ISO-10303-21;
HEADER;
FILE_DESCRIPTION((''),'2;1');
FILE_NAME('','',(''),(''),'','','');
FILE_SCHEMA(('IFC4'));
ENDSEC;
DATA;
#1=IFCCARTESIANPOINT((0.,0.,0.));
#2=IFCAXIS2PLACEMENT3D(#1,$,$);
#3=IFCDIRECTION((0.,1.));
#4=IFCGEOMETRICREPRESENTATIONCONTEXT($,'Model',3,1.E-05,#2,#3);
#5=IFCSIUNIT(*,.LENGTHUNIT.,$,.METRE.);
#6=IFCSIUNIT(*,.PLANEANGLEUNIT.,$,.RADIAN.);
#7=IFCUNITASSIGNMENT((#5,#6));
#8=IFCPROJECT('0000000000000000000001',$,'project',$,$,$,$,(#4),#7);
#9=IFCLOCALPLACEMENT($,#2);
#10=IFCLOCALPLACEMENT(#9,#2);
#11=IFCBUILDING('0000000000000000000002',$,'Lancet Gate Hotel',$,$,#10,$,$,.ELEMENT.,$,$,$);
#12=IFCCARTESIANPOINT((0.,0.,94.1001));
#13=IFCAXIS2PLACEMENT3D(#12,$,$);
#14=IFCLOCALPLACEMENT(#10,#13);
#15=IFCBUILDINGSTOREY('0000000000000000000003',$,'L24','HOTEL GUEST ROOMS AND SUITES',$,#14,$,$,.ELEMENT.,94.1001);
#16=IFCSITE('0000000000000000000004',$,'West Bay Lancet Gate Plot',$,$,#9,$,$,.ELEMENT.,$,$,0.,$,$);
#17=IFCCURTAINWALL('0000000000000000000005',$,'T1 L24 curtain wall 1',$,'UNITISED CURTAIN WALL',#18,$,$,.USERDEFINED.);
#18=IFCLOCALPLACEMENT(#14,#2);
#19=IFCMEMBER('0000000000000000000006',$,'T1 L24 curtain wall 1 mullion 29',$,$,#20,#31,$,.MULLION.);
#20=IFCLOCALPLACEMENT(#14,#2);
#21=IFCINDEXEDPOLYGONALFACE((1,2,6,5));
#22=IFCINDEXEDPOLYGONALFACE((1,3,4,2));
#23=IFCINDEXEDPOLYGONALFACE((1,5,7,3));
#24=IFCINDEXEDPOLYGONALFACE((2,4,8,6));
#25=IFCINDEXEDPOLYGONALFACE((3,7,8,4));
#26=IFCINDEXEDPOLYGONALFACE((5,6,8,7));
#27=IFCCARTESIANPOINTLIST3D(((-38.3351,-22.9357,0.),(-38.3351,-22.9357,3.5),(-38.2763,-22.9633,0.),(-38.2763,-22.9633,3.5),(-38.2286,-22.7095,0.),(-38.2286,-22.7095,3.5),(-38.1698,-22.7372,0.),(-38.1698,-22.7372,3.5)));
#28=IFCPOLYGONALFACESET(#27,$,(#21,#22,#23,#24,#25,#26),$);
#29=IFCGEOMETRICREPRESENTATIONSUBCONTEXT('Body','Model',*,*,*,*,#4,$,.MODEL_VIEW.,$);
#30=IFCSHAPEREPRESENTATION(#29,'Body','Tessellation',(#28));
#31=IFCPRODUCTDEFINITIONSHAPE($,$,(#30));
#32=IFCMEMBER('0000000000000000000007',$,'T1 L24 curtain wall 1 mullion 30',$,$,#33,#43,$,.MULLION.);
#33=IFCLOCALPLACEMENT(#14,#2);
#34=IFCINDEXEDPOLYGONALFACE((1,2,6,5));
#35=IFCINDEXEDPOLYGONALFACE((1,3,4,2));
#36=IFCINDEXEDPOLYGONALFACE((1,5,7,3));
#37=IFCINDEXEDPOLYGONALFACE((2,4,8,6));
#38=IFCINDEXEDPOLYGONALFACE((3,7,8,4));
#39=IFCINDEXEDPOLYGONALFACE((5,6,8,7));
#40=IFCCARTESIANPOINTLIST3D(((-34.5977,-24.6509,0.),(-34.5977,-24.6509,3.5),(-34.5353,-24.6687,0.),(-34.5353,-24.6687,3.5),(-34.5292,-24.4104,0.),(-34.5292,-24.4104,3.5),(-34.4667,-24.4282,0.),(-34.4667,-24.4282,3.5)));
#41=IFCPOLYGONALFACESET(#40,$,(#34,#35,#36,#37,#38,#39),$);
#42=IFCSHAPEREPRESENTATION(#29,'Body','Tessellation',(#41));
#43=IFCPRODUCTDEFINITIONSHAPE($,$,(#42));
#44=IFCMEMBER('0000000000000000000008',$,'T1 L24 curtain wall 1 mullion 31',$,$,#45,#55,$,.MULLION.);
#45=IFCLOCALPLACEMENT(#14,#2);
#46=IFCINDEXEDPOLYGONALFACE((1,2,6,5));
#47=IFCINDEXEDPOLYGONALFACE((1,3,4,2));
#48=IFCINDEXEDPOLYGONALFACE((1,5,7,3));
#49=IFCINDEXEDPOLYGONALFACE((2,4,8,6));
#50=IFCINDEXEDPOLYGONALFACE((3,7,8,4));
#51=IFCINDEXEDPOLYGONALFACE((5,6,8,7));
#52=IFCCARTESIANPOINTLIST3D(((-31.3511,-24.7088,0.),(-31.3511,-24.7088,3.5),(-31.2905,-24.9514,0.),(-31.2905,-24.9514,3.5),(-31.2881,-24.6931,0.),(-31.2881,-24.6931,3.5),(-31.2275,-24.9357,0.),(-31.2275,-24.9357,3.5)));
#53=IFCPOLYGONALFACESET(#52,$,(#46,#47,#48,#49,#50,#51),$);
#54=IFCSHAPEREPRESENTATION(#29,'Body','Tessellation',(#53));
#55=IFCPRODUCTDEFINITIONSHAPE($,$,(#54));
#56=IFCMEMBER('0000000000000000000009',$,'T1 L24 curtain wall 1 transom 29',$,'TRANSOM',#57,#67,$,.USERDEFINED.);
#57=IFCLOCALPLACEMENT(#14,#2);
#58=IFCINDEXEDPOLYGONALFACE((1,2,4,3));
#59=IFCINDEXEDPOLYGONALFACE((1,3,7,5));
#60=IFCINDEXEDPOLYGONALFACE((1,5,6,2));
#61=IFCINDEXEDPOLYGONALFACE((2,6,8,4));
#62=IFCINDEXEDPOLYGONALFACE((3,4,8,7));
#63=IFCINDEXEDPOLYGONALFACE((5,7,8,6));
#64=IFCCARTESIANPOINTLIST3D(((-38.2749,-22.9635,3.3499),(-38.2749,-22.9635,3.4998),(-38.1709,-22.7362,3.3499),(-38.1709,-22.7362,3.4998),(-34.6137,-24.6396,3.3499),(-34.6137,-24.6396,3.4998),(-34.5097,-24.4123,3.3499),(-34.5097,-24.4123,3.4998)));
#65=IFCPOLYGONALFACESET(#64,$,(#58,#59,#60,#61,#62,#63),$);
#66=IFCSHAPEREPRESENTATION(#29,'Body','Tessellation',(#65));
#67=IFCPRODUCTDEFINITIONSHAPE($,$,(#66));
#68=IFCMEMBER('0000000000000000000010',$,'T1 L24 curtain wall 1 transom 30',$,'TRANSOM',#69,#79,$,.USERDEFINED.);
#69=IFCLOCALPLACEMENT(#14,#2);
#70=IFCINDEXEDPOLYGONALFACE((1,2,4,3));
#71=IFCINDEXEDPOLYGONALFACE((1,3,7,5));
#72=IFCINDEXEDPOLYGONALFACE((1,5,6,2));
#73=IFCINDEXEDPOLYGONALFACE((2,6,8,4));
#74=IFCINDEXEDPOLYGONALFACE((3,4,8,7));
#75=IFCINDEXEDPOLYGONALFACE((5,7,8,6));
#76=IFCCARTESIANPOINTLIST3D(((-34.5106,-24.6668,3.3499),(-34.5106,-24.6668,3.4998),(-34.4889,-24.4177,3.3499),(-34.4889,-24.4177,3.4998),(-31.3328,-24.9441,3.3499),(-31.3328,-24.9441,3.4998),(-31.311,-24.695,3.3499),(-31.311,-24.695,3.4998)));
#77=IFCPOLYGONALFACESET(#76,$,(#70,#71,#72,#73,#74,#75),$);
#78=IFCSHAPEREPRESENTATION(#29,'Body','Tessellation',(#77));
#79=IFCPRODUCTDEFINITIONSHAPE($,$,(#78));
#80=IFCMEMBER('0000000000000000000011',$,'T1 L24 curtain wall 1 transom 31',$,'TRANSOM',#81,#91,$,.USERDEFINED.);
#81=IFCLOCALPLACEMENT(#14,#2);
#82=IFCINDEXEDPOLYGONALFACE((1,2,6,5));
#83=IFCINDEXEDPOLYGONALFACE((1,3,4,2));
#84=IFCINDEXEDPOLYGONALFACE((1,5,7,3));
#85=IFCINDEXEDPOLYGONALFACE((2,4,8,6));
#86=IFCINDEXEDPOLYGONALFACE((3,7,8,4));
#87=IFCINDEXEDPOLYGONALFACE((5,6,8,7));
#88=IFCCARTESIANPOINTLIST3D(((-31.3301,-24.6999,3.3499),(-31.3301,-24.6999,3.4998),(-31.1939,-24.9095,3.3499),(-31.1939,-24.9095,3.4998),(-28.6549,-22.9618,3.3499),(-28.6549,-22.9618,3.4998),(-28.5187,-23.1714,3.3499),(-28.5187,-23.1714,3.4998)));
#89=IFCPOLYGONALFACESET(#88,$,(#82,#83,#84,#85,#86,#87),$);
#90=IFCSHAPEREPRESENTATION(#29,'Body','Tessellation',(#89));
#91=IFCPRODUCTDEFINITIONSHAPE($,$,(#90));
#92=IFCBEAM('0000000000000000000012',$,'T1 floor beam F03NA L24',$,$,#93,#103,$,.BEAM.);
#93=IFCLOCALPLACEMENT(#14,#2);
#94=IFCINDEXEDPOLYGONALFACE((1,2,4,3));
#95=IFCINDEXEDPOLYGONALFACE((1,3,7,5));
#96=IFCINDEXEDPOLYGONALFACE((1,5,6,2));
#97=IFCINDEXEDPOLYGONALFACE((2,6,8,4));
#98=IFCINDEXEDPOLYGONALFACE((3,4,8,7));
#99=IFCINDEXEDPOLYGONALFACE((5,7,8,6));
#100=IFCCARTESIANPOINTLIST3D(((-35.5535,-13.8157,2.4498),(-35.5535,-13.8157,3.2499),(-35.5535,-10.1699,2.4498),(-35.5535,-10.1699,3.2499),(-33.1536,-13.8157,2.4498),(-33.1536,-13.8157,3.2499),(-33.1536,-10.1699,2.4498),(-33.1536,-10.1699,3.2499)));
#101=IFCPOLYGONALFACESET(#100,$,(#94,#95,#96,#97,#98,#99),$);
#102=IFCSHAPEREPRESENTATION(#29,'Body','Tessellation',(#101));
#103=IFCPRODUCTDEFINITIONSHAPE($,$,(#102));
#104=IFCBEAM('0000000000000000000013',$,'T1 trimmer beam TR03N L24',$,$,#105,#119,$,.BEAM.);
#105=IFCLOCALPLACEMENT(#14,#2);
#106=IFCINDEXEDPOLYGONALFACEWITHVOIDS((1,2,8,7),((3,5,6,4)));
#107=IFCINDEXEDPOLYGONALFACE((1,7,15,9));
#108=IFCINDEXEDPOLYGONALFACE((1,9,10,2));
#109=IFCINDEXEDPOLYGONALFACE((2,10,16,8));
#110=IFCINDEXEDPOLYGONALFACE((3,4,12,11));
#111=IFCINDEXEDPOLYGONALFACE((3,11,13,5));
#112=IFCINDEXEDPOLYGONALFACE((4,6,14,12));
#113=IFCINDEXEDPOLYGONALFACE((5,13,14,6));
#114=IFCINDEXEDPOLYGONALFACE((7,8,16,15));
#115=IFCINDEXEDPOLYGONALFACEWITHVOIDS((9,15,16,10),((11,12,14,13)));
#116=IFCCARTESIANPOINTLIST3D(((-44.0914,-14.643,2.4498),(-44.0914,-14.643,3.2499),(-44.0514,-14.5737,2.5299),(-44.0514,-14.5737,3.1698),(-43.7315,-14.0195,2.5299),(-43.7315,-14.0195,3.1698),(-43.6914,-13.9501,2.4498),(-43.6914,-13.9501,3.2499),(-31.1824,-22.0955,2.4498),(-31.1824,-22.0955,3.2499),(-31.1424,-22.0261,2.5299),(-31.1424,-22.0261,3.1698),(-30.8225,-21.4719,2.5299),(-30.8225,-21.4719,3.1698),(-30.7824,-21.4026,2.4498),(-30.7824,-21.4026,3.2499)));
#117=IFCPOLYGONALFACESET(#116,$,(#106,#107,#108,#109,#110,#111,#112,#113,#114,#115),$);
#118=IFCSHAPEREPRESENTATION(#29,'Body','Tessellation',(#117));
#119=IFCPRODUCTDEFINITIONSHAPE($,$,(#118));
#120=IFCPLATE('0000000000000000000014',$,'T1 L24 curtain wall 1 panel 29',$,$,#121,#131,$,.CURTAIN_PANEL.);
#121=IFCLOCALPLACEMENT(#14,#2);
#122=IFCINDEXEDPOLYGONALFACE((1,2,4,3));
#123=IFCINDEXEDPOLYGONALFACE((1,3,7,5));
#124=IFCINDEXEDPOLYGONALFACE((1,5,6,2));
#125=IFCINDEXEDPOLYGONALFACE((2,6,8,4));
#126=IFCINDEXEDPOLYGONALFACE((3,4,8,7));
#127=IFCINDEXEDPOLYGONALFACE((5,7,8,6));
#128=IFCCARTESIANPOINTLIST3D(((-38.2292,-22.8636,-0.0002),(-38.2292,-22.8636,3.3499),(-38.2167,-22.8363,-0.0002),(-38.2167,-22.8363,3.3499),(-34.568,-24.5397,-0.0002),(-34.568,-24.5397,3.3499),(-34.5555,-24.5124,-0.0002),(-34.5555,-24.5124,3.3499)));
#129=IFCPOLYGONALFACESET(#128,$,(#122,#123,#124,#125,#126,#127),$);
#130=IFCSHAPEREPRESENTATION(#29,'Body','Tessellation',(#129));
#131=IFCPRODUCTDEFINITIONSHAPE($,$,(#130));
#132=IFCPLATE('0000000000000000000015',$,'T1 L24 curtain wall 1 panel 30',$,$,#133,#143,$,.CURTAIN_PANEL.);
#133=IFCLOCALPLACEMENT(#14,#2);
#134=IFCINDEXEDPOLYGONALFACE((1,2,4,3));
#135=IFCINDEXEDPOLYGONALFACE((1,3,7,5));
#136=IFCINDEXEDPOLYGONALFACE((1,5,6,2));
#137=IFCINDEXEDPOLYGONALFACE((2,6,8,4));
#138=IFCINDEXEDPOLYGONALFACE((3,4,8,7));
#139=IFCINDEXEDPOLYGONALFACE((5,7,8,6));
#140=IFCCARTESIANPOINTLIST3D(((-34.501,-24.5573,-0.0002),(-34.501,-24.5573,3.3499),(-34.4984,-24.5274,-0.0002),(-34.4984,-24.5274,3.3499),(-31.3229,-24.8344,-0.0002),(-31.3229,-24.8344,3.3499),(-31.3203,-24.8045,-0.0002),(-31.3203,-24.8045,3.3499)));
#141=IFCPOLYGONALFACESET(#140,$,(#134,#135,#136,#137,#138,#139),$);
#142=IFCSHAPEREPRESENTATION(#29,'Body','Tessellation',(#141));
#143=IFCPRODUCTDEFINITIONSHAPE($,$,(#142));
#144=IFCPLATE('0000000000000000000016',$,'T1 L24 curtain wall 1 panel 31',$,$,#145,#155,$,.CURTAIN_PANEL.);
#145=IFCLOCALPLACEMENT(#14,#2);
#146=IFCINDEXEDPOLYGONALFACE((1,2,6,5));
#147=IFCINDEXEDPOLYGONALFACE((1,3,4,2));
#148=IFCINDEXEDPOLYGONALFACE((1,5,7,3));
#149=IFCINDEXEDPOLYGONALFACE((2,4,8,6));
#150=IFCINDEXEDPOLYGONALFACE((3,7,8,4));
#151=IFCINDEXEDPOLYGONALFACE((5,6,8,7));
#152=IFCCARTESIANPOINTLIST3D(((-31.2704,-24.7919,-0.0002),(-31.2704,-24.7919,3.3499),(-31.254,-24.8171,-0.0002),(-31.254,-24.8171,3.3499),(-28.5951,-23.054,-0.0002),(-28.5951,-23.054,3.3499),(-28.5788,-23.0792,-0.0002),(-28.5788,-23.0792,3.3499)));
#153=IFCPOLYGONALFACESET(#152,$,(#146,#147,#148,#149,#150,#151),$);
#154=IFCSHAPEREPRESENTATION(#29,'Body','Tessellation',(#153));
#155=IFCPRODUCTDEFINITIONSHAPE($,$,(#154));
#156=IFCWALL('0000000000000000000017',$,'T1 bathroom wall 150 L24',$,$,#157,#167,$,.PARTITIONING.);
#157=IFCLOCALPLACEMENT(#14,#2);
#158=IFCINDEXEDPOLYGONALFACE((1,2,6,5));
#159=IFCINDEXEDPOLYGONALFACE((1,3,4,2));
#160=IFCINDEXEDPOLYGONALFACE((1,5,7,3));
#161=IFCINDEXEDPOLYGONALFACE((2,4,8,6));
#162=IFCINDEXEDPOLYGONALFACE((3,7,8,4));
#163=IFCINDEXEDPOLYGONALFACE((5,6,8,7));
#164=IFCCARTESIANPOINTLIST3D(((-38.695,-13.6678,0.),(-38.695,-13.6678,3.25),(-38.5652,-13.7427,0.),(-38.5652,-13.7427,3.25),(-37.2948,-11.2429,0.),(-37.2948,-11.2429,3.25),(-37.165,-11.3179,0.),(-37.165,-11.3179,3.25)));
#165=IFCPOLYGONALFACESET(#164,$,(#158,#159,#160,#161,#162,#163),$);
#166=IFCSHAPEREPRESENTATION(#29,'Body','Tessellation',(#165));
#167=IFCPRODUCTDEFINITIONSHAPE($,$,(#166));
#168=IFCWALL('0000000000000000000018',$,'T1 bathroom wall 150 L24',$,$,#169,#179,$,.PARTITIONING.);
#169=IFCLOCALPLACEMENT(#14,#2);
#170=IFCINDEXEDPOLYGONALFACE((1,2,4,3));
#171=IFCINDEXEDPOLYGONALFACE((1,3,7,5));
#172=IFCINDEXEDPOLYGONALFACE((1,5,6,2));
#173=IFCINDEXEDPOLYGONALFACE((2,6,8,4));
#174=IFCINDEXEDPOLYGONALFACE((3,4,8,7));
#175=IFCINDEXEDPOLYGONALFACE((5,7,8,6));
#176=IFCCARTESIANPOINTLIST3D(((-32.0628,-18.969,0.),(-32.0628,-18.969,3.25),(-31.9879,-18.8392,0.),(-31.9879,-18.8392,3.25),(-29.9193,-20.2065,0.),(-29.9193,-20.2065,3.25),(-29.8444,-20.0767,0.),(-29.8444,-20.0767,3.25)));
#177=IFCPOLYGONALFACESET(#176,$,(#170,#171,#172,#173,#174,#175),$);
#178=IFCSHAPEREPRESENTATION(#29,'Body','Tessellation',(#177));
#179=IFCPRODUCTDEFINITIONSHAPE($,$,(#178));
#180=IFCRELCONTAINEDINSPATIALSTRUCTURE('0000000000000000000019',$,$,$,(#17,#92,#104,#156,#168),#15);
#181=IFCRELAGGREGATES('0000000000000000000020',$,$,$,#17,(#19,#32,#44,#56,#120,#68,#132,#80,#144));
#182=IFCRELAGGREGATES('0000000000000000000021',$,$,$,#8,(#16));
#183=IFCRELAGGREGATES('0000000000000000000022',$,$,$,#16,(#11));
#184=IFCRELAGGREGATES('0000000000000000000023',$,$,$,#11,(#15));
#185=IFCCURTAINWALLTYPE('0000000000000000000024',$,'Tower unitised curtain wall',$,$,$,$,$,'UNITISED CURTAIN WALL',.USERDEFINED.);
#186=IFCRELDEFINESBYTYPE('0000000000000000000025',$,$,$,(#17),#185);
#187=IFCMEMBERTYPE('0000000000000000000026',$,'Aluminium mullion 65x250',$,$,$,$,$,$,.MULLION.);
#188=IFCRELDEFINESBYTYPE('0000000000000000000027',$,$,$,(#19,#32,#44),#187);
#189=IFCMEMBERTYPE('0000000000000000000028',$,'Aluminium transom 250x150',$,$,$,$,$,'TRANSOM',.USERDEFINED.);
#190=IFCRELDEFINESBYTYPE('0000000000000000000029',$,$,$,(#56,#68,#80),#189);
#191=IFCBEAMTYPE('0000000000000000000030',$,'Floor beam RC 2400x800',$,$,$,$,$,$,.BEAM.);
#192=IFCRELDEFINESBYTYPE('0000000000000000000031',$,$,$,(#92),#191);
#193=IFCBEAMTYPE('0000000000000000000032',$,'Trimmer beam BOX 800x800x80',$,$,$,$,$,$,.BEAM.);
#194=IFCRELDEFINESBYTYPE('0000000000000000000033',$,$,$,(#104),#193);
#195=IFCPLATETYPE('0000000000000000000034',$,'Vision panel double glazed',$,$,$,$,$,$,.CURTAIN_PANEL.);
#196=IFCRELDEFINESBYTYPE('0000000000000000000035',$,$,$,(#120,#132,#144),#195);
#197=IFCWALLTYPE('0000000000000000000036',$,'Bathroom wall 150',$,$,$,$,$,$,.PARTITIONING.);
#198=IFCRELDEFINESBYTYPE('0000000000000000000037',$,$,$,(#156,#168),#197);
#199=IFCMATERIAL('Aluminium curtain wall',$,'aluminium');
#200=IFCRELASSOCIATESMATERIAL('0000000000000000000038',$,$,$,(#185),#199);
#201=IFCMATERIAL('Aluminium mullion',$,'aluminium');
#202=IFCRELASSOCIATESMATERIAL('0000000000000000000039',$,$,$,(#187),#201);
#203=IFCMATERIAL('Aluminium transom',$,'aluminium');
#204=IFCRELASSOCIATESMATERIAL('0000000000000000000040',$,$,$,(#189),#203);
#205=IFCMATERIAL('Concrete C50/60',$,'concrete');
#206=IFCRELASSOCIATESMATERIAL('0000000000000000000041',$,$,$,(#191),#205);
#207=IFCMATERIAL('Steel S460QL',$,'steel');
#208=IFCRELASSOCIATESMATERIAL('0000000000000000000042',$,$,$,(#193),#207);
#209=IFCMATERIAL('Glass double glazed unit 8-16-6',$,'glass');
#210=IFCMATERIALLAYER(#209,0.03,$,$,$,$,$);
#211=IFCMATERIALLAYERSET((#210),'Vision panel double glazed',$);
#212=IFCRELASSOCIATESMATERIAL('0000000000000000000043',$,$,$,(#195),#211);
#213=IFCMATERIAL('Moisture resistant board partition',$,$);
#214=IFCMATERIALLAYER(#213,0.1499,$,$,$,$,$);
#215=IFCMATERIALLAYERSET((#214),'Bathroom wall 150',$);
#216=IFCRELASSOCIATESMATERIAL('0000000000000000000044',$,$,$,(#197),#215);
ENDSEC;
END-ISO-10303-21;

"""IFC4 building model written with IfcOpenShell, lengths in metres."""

from ifc_helpers import new_model, si_unit, direction, frame, frame_2d, origin, origin_2d, place, context, subcontext, project, spatial, rectangle, hollow_rectangle, extrude, material, layer, layer_set, material_profile, profile_set, type_object, element, aggregate, save


model = new_model("IFC4")

# Units and contexts
model_context = context("Model", 3, precision=1e-05, world=origin(), true_north=direction((0.0, 1.0)))
body_context = subcontext(model_context, "Body", "Model", "MODEL_VIEW")
ifc_project = project(units=[si_unit("LENGTHUNIT", "METRE"), si_unit("PLANEANGLEUNIT", "RADIAN")], contexts=[model_context])

# Site, building, storey
site_placement = place(None, origin())
site = spatial("IfcSite", under=ifc_project, at=site_placement, Name="West Bay Lancet Gate Plot", CompositionType="ELEMENT", RefElevation=0.0)
building_placement = place(site_placement, origin())
building = spatial("IfcBuilding", under=site, at=building_placement, Name="Lancet Gate Hotel", CompositionType="ELEMENT")
storey_placement = place(building_placement, frame((0.0, 0.0, 94.1001)))
storey = spatial("IfcBuildingStorey", under=building, at=storey_placement, Name="L24", Description="HOTEL GUEST ROOMS AND SUITES", CompositionType="ELEMENT", Elevation=94.1001)

# Curtain wall, members
ifc_material_1 = material(Name="Aluminium curtain wall", Category="aluminium")
curtain_wall_type = type_object("IfcCurtainWallType", Name="Tower unitised curtain wall", ElementType="UNITISED CURTAIN WALL", PredefinedType="USERDEFINED", material=ifc_material_1)
curtain_wall_placement = place(storey_placement, origin())
curtain_wall = element("IfcCurtainWall", 1, at=curtain_wall_placement, inside=storey, type_object=curtain_wall_type, Name="T1 L24 curtain wall 1", ObjectType="UNITISED CURTAIN WALL", PredefinedType="USERDEFINED")
ifc_material_2 = material(Name="Aluminium mullion", Category="aluminium")
ifc_material_profile_1 = material_profile(ifc_material_2, rectangle(XDim=0.0649, YDim=0.25, at=origin_2d()), Name="MULLION 65x250")
ifc_profile_set_1 = profile_set([ifc_material_profile_1], Name="Aluminium mullion")
member_type_1 = type_object("IfcMemberType", Name="Aluminium mullion 65x250", PredefinedType="MULLION", material=ifc_profile_set_1)
member_1_placement = place(storey_placement, frame((-38.2524, -22.8364, 0.0), z_axis=(0.0, 0.0, 1.0), x_axis=(0.90472, -0.426008, 0.0)))
member_1 = element("IfcMember", 2, at=member_1_placement, type_object=member_type_1, Name="T1 L24 curtain wall 1 mullion 29", PredefinedType="MULLION", context=body_context, shape_type="SweptSolid", body=[
    extrude(rectangle(XDim=0.0649, YDim=0.25, at=origin_2d()), origin(), (0.0, 0.0, 1.0), 3.5),
])
member_2_placement = place(storey_placement, frame((-34.5322, -24.5396, 0.0), z_axis=(0.0, 0.0, 1.0), x_axis=(0.961653, -0.274268, 0.0)))
member_2 = element("IfcMember", 3, at=member_2_placement, type_object=member_type_1, Name="T1 L24 curtain wall 1 mullion 30", PredefinedType="MULLION", context=body_context, shape_type="SweptSolid", body=[
    extrude(rectangle(XDim=0.0649, YDim=0.25, at=origin_2d()), origin(), (0.0, 0.0, 1.0), 3.5),
])
member_3_placement = place(storey_placement, frame((-31.2893, -24.8223, 0.0), z_axis=(0.0, 0.0, 1.0), x_axis=(0.970242, 0.242137, 0.0)))
member_3 = element("IfcMember", 4, at=member_3_placement, type_object=member_type_1, Name="T1 L24 curtain wall 1 mullion 31", PredefinedType="MULLION", context=body_context, shape_type="SweptSolid", body=[
    extrude(rectangle(XDim=0.0649, YDim=0.25, at=origin_2d()), origin(), (0.0, 0.0, 1.0), 3.5),
])
ifc_material_3 = material(Name="Aluminium transom", Category="aluminium")
ifc_material_profile_2 = material_profile(ifc_material_3, rectangle(XDim=0.25, YDim=0.1499, at=origin_2d()), Name="TRANSOM 250x150")
ifc_profile_set_2 = profile_set([ifc_material_profile_2], Name="Aluminium transom")
member_type_2 = type_object("IfcMemberType", Name="Aluminium transom 250x150", ElementType="TRANSOM", PredefinedType="USERDEFINED", material=ifc_profile_set_2)
member_4_placement = place(storey_placement, frame((-38.2229, -22.8499, 3.4248), z_axis=(0.909252, -0.416245, 0.0), x_axis=(0.416245, 0.909252, 0.0)))
member_4 = element("IfcMember", 5, at=member_4_placement, type_object=member_type_2, Name="T1 L24 curtain wall 1 transom 29", ObjectType="TRANSOM", PredefinedType="USERDEFINED", context=body_context, shape_type="SweptSolid", body=[
    extrude(rectangle(XDim=0.25, YDim=0.1499, at=origin_2d()), origin(), (0.0, 0.0, 1.0), 4.0266),
])
member_5_placement = place(storey_placement, frame((-34.4998, -24.5422, 3.4248), z_axis=(0.996214, -0.08694, 0.0), x_axis=(0.08694, 0.996214, 0.0)))
member_5 = element("IfcMember", 6, at=member_5_placement, type_object=member_type_2, Name="T1 L24 curtain wall 1 transom 30", ObjectType="TRANSOM", PredefinedType="USERDEFINED", context=body_context, shape_type="SweptSolid", body=[
    extrude(rectangle(XDim=0.25, YDim=0.1499, at=origin_2d()), origin(), (0.0, 0.0, 1.0), 3.1899),
])
member_6_placement = place(storey_placement, frame((-31.262, -24.8047, 3.4248), z_axis=(0.83855, 0.544824, 0.0), x_axis=(-0.544824, 0.83855, 0.0)))
member_6 = element("IfcMember", 7, at=member_6_placement, type_object=member_type_2, Name="T1 L24 curtain wall 1 transom 31", ObjectType="TRANSOM", PredefinedType="USERDEFINED", context=body_context, shape_type="SweptSolid", body=[
    extrude(rectangle(XDim=0.25, YDim=0.1499, at=origin_2d()), origin(), (0.0, 0.0, 1.0), 3.1902),
])

# Beams
ifc_material_4 = material(Name="Concrete C50/60", Category="concrete")
ifc_material_profile_3 = material_profile(ifc_material_4, rectangle(XDim=2.3999, YDim=0.8, at=origin_2d()), Name="RC 2400x800")
ifc_profile_set_3 = profile_set([ifc_material_profile_3], Name="Concrete C50/60")
beam_type_1 = type_object("IfcBeamType", Name="Floor beam RC 2400x800", PredefinedType="BEAM", material=ifc_profile_set_3)
beam_1_placement = place(storey_placement, frame((-34.3535, -10.1699, 2.8499), z_axis=(0.0, -1.0, 0.0), x_axis=(1.0, 0.0, 0.0)))
element("IfcBeam", 8, at=beam_1_placement, inside=storey, type_object=beam_type_1, Name="T1 floor beam F03NA L24", PredefinedType="BEAM", context=body_context, shape_type="SweptSolid", body=[
    extrude(rectangle(XDim=2.3999, YDim=0.8, at=origin_2d()), origin(), (0.0, 0.0, 1.0), 3.6458),
])
ifc_material_5 = material(Name="Steel S460QL", Category="steel")
ifc_material_profile_4 = material_profile(ifc_material_5, hollow_rectangle(XDim=0.8, YDim=0.8, WallThickness=0.0801, at=origin_2d()), Name="BOX 800x800x80")
ifc_profile_set_4 = profile_set([ifc_material_profile_4], Name="Steel S460QL")
beam_type_2 = type_object("IfcBeamType", Name="Trimmer beam BOX 800x800x80", PredefinedType="BEAM", material=ifc_profile_set_4)
beam_2_placement = place(storey_placement, frame((-30.9824, -21.749, 2.8499), z_axis=(-0.866042, 0.499971, 0.0), x_axis=(-0.499971, -0.866042, 0.0)))
element("IfcBeam", 9, at=beam_2_placement, inside=storey, type_object=beam_type_2, Name="T1 trimmer beam TR03N L24", PredefinedType="BEAM", context=body_context, shape_type="SweptSolid", body=[
    extrude(hollow_rectangle(XDim=0.8, YDim=0.8, WallThickness=0.0801, at=origin_2d()), origin(), (0.0, 0.0, 1.0), 14.9058),
])

# Plates
ifc_material_6 = material(Name="Glass double glazed unit 8-16-6", Category="glass")
ifc_layer_1 = layer(ifc_material_6, 0.03)
ifc_layer_set_1 = layer_set([ifc_layer_1], Name="Vision panel double glazed")
plate_type = type_object("IfcPlateType", Name="Vision panel double glazed", PredefinedType="CURTAIN_PANEL", material=ifc_layer_set_1)
plate_1_placement = place(storey_placement, frame((-36.3923, -23.688, -0.0002), z_axis=(0.0, 0.0, 1.0), x_axis=(0.909253, -0.416245, 0.0)))
plate_1 = element("IfcPlate", 10, at=plate_1_placement, type_object=plate_type, Name="T1 L24 curtain wall 1 panel 29", PredefinedType="CURTAIN_PANEL", context=body_context, shape_type="SweptSolid", body=[
    extrude(rectangle(XDim=4.0266, YDim=0.03, at=origin_2d()), origin(), (0.0, 0.0, 1.0), 3.3501),
])
plate_2_placement = place(storey_placement, frame((-32.9106, -24.6809, -0.0002), z_axis=(0.0, 0.0, 1.0), x_axis=(0.996219, -0.08688, 0.0)))
plate_2 = element("IfcPlate", 11, at=plate_2_placement, type_object=plate_type, Name="T1 L24 curtain wall 1 panel 30", PredefinedType="CURTAIN_PANEL", context=body_context, shape_type="SweptSolid", body=[
    extrude(rectangle(XDim=3.1902, YDim=0.03, at=origin_2d()), origin(), (0.0, 0.0, 1.0), 3.3501),
])
plate_3_placement = place(storey_placement, frame((-29.9246, -23.9355, -0.0002), z_axis=(0.0, 0.0, 1.0), x_axis=(0.83858, 0.544778, 0.0)))
plate_3 = element("IfcPlate", 12, at=plate_3_placement, type_object=plate_type, Name="T1 L24 curtain wall 1 panel 31", PredefinedType="CURTAIN_PANEL", context=body_context, shape_type="SweptSolid", body=[
    extrude(rectangle(XDim=3.1902, YDim=0.03, at=origin_2d()), origin(), (0.0, 0.0, 1.0), 3.3501),
])
aggregate(curtain_wall, [member_1, member_2, member_3, member_4, plate_1, member_5, plate_2, member_6, plate_3])

# Walls
ifc_material_7 = material(Name="Moisture resistant board partition")
ifc_layer_2 = layer(ifc_material_7, 0.1499)
ifc_layer_set_2 = layer_set([ifc_layer_2], Name="Bathroom wall 150")
wall_type_1 = type_object("IfcWallType", Name="Bathroom wall 150", PredefinedType="PARTITIONING", material=ifc_layer_set_2)
wall_1_placement = place(storey_placement, frame((-37.23, -11.2805, 0.0), z_axis=(0.0, 0.0, 1.0), x_axis=(-0.50005, -0.865997, 0.0)))
element("IfcWall", 13, at=wall_1_placement, inside=storey, type_object=wall_type_1, Name="T1 bathroom wall 150 L24", PredefinedType="PARTITIONING", context=body_context, shape_type="SweptSolid", body=[
    extrude(rectangle(XDim=2.8, YDim=0.1499, at=frame_2d((1.3999, 0.0))), origin(), (0.0, 0.0, 1.0), 3.25),
])
wall_2_placement = place(storey_placement, frame((-29.8818, -20.1416, 0.0), z_axis=(0.0, 0.0, 1.0), x_axis=(-0.866031, 0.49999, 0.0)))
element("IfcWall", 14, at=wall_2_placement, inside=storey, type_object=wall_type_1, Name="T1 bathroom wall 150 L24", PredefinedType="PARTITIONING", context=body_context, shape_type="SweptSolid", body=[
    extrude(rectangle(XDim=2.4751, YDim=0.1499, at=frame_2d((1.2375, 0.0))), origin(), (0.0, 0.0, 1.0), 3.25),
])

save(model, "model.ifc")
